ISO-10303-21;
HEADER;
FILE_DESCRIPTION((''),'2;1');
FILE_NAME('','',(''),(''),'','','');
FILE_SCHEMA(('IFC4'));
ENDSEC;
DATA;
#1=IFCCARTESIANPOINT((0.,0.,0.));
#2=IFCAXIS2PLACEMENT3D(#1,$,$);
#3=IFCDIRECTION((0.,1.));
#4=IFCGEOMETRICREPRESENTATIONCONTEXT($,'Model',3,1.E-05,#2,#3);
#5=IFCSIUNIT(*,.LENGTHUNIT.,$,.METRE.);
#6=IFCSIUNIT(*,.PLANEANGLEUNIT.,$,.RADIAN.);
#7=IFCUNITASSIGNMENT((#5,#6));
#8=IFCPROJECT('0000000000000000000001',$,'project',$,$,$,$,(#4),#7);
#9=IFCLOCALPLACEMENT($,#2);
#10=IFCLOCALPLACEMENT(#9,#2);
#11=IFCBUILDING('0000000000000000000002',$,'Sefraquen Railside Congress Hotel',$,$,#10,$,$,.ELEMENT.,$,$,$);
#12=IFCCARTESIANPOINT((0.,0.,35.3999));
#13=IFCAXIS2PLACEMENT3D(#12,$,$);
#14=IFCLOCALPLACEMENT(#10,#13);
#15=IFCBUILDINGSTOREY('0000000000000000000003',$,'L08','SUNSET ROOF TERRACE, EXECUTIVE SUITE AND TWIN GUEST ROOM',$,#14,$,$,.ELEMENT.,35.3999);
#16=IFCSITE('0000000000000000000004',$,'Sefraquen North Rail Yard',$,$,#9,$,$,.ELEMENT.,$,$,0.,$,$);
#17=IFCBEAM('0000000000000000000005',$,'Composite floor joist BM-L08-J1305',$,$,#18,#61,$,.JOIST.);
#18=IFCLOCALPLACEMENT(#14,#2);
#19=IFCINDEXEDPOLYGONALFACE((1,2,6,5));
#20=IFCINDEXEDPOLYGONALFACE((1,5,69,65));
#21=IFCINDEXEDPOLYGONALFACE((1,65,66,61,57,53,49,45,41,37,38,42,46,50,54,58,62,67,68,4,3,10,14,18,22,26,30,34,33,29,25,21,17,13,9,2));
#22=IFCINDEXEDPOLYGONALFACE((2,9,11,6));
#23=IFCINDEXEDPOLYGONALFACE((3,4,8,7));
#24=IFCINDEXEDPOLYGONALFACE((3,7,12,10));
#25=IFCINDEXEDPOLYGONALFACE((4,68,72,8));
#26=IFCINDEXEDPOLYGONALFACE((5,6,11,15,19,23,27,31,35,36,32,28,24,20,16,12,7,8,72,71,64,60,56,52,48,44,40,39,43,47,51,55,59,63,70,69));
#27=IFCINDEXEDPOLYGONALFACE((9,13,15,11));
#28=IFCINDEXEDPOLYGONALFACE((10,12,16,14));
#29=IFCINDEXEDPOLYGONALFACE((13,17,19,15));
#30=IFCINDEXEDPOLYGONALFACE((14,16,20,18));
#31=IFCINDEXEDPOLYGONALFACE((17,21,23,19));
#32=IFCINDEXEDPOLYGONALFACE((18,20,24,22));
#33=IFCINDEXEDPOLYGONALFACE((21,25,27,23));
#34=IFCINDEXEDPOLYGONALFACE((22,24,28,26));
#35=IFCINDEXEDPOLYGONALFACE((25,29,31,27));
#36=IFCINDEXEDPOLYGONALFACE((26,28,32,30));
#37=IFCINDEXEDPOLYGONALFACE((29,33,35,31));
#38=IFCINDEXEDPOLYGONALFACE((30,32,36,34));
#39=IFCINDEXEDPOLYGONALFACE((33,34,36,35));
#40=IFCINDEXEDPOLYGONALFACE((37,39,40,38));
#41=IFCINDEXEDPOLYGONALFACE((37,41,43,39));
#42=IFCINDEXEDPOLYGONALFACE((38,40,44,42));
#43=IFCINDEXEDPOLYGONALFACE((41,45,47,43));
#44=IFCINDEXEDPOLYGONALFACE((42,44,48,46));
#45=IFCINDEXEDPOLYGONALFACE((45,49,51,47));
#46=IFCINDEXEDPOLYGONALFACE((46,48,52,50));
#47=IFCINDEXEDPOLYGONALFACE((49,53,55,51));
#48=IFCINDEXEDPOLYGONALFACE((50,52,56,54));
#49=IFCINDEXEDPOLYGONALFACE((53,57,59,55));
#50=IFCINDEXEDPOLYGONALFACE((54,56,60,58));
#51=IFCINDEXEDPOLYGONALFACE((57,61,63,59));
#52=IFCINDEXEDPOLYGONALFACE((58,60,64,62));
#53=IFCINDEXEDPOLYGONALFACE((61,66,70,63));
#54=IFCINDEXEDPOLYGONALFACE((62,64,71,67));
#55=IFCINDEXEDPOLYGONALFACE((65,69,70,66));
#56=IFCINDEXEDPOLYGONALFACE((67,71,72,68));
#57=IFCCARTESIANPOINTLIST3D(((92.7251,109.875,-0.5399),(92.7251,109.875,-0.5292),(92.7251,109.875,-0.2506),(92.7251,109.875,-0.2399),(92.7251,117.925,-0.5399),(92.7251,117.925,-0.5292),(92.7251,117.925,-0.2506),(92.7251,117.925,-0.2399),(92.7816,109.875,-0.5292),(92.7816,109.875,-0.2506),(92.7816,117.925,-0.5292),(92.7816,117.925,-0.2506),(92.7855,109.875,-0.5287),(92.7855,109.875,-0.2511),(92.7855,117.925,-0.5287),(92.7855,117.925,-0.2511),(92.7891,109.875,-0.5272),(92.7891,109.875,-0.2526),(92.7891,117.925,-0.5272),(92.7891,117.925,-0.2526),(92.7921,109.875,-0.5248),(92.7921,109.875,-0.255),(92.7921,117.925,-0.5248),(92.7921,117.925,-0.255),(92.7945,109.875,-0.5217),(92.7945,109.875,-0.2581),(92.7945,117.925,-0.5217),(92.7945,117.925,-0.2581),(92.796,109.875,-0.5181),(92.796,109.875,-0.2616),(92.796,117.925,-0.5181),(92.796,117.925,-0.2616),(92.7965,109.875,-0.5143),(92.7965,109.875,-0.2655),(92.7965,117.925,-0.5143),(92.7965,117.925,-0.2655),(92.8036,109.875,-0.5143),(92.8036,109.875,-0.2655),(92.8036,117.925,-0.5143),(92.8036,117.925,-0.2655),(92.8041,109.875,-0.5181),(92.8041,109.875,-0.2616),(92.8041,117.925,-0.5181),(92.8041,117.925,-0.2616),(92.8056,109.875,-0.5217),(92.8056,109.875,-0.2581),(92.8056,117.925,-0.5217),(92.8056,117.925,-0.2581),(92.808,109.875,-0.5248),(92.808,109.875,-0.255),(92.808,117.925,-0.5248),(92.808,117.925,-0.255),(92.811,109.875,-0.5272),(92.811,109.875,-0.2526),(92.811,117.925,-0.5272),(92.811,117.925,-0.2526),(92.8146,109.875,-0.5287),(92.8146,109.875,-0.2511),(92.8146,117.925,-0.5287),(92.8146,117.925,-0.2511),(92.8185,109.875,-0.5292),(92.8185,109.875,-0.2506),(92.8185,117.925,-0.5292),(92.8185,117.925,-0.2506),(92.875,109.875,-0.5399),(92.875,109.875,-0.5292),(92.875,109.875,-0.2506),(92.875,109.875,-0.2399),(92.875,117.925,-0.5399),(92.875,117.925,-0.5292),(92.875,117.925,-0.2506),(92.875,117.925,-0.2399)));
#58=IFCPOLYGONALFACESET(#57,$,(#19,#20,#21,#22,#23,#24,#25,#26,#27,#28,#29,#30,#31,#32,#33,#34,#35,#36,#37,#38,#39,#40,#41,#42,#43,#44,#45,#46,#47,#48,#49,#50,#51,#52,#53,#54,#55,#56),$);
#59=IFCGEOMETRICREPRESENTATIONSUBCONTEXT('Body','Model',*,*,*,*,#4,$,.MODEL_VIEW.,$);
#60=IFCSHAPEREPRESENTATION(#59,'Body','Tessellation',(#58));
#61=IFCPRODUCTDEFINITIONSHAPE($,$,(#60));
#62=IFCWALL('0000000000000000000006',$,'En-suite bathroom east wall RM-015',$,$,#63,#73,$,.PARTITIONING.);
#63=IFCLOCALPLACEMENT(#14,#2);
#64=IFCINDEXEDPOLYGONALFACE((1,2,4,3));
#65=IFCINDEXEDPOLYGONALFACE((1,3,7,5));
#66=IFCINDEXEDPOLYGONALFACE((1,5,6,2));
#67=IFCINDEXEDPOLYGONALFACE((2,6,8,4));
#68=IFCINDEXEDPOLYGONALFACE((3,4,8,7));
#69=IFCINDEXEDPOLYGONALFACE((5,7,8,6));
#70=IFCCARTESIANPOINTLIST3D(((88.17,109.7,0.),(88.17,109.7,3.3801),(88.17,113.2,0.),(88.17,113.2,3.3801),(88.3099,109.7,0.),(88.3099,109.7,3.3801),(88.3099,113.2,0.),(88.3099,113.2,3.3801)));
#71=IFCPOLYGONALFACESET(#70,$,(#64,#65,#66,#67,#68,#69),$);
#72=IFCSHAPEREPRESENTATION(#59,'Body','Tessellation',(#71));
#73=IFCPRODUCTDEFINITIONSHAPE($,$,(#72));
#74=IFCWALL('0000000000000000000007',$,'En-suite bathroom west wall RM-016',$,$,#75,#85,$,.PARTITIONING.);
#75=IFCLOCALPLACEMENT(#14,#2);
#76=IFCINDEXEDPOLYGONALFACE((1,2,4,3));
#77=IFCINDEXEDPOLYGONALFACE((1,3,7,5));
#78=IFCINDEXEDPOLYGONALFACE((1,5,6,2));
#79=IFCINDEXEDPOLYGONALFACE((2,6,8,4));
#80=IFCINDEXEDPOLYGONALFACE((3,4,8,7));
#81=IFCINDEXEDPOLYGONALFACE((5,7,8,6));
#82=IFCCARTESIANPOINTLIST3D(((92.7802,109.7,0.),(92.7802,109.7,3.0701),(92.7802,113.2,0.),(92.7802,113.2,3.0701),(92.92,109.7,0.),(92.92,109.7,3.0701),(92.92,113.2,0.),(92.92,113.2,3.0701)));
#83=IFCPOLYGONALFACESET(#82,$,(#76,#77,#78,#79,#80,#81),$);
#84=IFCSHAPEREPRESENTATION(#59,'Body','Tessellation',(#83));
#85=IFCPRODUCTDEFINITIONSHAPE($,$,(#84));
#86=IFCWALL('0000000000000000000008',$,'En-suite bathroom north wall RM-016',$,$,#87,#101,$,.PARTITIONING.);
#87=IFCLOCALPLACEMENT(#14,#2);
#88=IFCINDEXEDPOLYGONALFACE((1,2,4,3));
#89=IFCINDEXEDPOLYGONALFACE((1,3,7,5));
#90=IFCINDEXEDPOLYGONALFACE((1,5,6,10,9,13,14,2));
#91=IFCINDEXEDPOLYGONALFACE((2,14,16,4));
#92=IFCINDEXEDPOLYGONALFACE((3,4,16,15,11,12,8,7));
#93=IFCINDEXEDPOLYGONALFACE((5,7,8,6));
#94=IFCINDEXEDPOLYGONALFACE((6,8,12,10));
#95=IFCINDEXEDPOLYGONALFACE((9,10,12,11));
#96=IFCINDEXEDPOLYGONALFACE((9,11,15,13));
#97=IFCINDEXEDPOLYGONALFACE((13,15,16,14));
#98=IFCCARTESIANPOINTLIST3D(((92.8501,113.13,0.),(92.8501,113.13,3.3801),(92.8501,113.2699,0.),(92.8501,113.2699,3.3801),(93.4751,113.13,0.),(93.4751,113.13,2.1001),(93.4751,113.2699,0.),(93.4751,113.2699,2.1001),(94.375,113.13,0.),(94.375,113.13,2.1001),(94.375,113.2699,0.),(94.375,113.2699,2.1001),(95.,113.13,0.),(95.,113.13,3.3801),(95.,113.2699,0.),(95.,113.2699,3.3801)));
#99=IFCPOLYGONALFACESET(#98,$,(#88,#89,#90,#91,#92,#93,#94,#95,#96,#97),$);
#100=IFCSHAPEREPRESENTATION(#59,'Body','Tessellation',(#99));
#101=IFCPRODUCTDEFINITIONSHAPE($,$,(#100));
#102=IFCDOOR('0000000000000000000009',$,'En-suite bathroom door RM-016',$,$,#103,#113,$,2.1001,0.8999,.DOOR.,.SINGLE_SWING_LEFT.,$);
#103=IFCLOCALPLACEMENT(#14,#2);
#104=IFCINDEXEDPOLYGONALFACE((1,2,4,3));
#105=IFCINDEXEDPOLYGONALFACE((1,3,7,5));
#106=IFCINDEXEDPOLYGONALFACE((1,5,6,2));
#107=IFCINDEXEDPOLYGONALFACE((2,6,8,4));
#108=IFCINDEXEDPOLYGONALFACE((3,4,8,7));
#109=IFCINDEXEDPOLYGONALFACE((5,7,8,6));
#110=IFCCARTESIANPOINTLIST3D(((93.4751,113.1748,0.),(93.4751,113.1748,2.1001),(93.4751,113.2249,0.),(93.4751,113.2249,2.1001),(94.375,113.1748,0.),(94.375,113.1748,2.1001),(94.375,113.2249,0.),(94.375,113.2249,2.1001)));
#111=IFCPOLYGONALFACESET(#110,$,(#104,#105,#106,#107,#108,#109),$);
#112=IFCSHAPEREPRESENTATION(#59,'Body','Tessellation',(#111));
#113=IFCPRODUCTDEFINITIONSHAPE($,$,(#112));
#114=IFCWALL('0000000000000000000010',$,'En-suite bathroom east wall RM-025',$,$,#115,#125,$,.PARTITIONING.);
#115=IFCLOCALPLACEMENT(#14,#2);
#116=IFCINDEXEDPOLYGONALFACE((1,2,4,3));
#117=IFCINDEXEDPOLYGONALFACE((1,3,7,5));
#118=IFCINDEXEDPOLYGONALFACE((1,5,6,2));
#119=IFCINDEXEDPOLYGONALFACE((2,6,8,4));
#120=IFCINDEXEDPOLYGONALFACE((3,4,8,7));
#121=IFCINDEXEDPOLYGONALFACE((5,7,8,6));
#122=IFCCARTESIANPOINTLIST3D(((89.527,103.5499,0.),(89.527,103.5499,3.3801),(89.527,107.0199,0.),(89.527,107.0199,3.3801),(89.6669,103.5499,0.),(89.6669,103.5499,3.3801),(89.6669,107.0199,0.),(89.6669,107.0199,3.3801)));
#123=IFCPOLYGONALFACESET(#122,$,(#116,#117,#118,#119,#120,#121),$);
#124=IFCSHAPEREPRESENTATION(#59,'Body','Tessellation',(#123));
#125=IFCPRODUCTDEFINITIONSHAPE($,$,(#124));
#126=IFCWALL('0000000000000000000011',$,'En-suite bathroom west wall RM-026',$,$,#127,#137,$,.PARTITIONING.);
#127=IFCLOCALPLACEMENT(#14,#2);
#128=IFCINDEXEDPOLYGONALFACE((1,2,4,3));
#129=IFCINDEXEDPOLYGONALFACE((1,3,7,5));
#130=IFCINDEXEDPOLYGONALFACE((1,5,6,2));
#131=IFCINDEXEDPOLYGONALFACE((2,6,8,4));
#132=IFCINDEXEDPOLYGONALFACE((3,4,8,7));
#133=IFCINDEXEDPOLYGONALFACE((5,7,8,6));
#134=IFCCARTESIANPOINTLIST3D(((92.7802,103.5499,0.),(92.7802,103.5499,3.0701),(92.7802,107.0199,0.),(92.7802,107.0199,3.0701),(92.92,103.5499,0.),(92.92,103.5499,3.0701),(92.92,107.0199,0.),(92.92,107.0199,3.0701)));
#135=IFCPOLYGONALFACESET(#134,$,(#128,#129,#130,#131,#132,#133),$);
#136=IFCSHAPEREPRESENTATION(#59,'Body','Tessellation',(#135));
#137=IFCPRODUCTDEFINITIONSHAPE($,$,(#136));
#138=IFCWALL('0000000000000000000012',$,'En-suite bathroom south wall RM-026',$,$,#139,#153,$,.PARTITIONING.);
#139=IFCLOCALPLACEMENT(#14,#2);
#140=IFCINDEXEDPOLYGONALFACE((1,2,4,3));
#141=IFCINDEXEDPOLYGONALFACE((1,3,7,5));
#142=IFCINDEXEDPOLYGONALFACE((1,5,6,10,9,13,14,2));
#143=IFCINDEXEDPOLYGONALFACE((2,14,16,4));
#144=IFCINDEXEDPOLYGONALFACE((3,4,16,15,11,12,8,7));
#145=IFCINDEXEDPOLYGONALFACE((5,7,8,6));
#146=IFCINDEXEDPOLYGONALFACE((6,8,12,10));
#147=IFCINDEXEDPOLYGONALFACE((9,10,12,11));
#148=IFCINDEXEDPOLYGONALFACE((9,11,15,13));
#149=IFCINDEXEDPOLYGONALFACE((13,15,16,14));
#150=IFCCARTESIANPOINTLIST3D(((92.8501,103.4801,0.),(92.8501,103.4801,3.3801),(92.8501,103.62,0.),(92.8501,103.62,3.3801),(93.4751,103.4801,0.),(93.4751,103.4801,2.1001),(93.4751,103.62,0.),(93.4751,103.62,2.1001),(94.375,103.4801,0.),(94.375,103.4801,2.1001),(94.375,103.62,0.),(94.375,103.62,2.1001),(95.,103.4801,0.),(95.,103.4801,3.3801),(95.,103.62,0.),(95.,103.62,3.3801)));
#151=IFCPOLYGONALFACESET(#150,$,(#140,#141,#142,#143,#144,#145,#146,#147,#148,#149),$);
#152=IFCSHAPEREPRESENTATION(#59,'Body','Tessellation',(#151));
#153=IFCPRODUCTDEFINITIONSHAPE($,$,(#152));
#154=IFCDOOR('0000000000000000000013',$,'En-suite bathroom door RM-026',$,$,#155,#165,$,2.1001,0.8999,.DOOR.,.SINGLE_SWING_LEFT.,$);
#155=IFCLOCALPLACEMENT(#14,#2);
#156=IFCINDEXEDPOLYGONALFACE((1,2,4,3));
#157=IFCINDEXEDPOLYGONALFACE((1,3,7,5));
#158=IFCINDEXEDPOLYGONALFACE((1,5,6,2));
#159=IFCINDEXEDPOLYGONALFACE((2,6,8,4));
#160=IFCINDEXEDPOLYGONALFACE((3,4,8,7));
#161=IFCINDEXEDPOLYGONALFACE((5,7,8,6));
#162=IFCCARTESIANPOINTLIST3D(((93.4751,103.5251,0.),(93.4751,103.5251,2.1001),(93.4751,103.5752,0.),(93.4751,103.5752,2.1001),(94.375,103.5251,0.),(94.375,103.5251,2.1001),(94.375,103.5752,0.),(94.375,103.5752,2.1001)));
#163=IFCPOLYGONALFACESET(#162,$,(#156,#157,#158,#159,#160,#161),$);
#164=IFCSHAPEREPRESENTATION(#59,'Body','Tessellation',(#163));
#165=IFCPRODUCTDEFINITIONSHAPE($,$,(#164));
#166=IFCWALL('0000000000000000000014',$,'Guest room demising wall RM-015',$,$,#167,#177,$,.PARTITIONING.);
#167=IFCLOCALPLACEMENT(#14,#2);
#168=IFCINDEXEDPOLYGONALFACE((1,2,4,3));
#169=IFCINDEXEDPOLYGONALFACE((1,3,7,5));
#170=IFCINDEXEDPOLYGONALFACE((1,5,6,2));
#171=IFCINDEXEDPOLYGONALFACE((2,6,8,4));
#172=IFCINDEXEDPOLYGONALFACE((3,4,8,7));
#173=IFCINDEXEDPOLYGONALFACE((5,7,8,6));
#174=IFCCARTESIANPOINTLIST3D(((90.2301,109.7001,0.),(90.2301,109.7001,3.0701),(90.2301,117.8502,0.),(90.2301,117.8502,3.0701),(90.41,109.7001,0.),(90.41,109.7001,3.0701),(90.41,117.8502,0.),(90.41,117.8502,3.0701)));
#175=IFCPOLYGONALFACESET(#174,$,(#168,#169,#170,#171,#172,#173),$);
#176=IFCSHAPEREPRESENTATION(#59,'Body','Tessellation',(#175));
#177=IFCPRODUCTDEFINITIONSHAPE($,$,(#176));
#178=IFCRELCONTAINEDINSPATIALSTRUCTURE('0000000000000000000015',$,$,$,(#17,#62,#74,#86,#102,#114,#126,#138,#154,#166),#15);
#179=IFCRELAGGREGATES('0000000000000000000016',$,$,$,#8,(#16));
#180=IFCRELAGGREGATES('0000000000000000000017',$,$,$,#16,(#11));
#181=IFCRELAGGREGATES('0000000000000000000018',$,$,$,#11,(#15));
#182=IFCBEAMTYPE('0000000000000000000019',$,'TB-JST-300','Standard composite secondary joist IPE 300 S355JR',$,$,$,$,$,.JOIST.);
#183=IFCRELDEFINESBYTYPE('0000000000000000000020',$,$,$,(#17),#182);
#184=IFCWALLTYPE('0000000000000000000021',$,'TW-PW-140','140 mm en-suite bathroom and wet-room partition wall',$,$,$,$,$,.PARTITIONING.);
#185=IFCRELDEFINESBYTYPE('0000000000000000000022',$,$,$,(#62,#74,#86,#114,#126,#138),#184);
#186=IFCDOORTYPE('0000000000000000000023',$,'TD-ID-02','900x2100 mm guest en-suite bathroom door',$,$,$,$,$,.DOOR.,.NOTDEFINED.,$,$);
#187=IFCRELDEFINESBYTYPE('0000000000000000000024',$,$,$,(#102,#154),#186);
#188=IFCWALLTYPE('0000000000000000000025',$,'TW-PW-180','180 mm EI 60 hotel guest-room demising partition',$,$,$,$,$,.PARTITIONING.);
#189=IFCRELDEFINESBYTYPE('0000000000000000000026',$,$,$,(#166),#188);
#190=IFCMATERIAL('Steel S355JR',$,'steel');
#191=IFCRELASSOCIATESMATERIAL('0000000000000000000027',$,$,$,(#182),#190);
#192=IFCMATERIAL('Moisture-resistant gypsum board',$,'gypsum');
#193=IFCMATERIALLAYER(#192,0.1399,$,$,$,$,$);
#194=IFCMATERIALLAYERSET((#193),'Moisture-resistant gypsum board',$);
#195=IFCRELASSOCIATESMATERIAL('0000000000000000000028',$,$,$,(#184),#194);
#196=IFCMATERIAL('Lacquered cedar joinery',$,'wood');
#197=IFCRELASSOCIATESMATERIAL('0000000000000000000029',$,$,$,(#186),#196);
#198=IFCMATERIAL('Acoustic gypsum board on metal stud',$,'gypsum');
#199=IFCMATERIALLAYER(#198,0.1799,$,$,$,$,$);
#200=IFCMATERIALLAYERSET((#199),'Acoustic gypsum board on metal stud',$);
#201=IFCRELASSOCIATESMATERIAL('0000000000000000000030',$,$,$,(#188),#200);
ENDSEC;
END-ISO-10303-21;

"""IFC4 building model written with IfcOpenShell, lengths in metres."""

from ifc_helpers import new_model, si_unit, direction, frame, frame_2d, origin, origin_2d, place, context, subcontext, project, spatial, rectangle, i_section, extrude, material, layer, layer_set, material_profile, profile_set, type_object, element, fill, save


model = new_model("IFC4")

# Units and contexts
model_context = context("Model", 3, precision=1e-05, world=origin(), true_north=direction((0.0, 1.0)))
body_context = subcontext(model_context, "Body", "Model", "MODEL_VIEW")
ifc_project = project(units=[si_unit("LENGTHUNIT", "METRE"), si_unit("PLANEANGLEUNIT", "RADIAN")], contexts=[model_context])

# Site, building, storey
site_placement = place(None, origin())
site = spatial("IfcSite", under=ifc_project, at=site_placement, Name="Sefraquen North Rail Yard", CompositionType="ELEMENT", RefElevation=0.0)
building_placement = place(site_placement, origin())
building = spatial("IfcBuilding", under=site, at=building_placement, Name="Sefraquen Railside Congress Hotel", CompositionType="ELEMENT")
storey_placement = place(building_placement, frame((0.0, 0.0, 35.3999)))
storey = spatial("IfcBuildingStorey", under=building, at=storey_placement, Name="L08", Description="SUNSET ROOF TERRACE, EXECUTIVE SUITE AND TWIN GUEST ROOM", CompositionType="ELEMENT", Elevation=35.3999)

# Shared definitions
ifc_material_1 = material(Name="Steel S355JR", Category="steel")

# Beam
ifc_material_profile_1 = material_profile(ifc_material_1, i_section(OverallWidth=0.1499, OverallDepth=0.3, WebThickness=0.0071, FlangeThickness=0.0107, FilletRadius=0.0149, at=origin_2d()), Name="IPE 300")
ifc_profile_set_1 = profile_set([ifc_material_profile_1], Name="Steel S355JR")
beam_type_1 = type_object("IfcBeamType", Name="TB-JST-300", Description="Standard composite secondary joist IPE 300 S355JR", PredefinedType="JOIST", material=ifc_profile_set_1)
for number, where, z_axis, x_axis, name in (
    (1, (92.8, 109.875, -0.3899), (0.0, 1.0, 0.0), (-1.0, 0.0, 0.0), "Composite floor joist BM-L08-J1305"),
):
    element("IfcBeam", number, at=place(storey_placement, frame(where, z_axis=z_axis, x_axis=x_axis)), inside=storey, type_object=beam_type_1, Name=name, PredefinedType="JOIST", context=body_context, shape_type="SweptSolid", body=[
        extrude(i_section(OverallWidth=0.1499, OverallDepth=0.3, WebThickness=0.0071, FlangeThickness=0.0107, FilletRadius=0.0149, at=origin_2d()), origin(), (0.0, 0.0, 1.0), 8.05),
    ])

# Walls
ifc_material_2 = material(Name="Moisture-resistant gypsum board", Category="gypsum")
ifc_layer_1 = layer(ifc_material_2, 0.1399)
ifc_layer_set_1 = layer_set([ifc_layer_1], Name="Moisture-resistant gypsum board")
wall_type_1 = type_object("IfcWallType", Name="TW-PW-140", Description="140 mm en-suite bathroom and wet-room partition wall", PredefinedType="PARTITIONING", material=ifc_layer_set_1)
wall_1_placement = place(storey_placement, frame((88.24, 109.7, 0.0), z_axis=(0.0, 0.0, 1.0), x_axis=(0.0, 1.0, 0.0)))
element("IfcWall", 2, at=wall_1_placement, inside=storey, type_object=wall_type_1, Name="En-suite bathroom east wall RM-015", PredefinedType="PARTITIONING", context=body_context, shape_type="SweptSolid", body=[
    extrude(rectangle(XDim=3.5, YDim=0.1399, at=frame_2d((1.75, 0.0))), origin(), (0.0, 0.0, 1.0), 3.3801),
])
wall_2_placement = place(storey_placement, frame((92.8501, 109.7, 0.0), z_axis=(0.0, 0.0, 1.0), x_axis=(0.0, 1.0, 0.0)))
element("IfcWall", 3, at=wall_2_placement, inside=storey, type_object=wall_type_1, Name="En-suite bathroom west wall RM-016", PredefinedType="PARTITIONING", context=body_context, shape_type="SweptSolid", body=[
    extrude(rectangle(XDim=3.5, YDim=0.1399, at=frame_2d((1.75, 0.0))), origin(), (0.0, 0.0, 1.0), 3.0701),
])

# Wall, opening, door
wall_3_placement = place(storey_placement, frame((92.8501, 113.2, 0.0), z_axis=(0.0, 0.0, 1.0), x_axis=(1.0, 0.0, 0.0)))
wall_3 = element("IfcWall", 4, at=wall_3_placement, inside=storey, type_object=wall_type_1, Name="En-suite bathroom north wall RM-016", PredefinedType="PARTITIONING", context=body_context, shape_type="SweptSolid", body=[
    extrude(rectangle(XDim=2.1499, YDim=0.1399, at=frame_2d((1.075, 0.0))), origin(), (0.0, 0.0, 1.0), 3.3801),
])
opening_1_placement = place(wall_3_placement, frame((0.625, 0.0, 0.0)))
opening_1 = element("IfcOpeningElement", 5, at=opening_1_placement, cuts=wall_3, PredefinedType="OPENING", context=body_context, shape_type="SweptSolid", body=[
    extrude(rectangle(XDim=0.8999, YDim=2.1001, at=frame_2d((0.45, 1.05))), frame((0.0, 0.0798, 0.0), z_axis=(0.0, -1.0, 0.0), x_axis=(1.0, 0.0, 0.0)), (0.0, 0.0, 1.0), 0.1599),
])
ifc_material_3 = material(Name="Lacquered cedar joinery", Category="wood")
door_type = type_object("IfcDoorType", Name="TD-ID-02", Description="900x2100 mm guest en-suite bathroom door", OperationType="NOTDEFINED", PredefinedType="DOOR", material=ifc_material_3)
door_1_placement = place(opening_1_placement, origin())
door_1 = element("IfcDoor", 6, at=door_1_placement, inside=storey, type_object=door_type, Name="En-suite bathroom door RM-016", OperationType="SINGLE_SWING_LEFT", OverallHeight=2.1001, OverallWidth=0.8999, PredefinedType="DOOR", context=body_context, shape_type="SweptSolid", body=[
    extrude(rectangle(XDim=0.8999, YDim=2.1001, at=frame_2d((0.45, 1.05))), frame((0.0, 0.0249, 0.0), z_axis=(0.0, -1.0, 0.0), x_axis=(1.0, 0.0, 0.0)), (0.0, 0.0, 1.0), 0.05),
])
fill(opening_1, door_1)

# Walls
wall_4_placement = place(storey_placement, frame((89.5969, 103.55, 0.0), z_axis=(0.0, 0.0, 1.0), x_axis=(0.0, 1.0, 0.0)))
element("IfcWall", 7, at=wall_4_placement, inside=storey, type_object=wall_type_1, Name="En-suite bathroom east wall RM-025", PredefinedType="PARTITIONING", context=body_context, shape_type="SweptSolid", body=[
    extrude(rectangle(XDim=3.47, YDim=0.1399, at=frame_2d((1.7349, 0.0))), origin(), (0.0, 0.0, 1.0), 3.3801),
])
wall_5_placement = place(storey_placement, frame((92.8501, 103.55, 0.0), z_axis=(0.0, 0.0, 1.0), x_axis=(0.0, 1.0, 0.0)))
element("IfcWall", 8, at=wall_5_placement, inside=storey, type_object=wall_type_1, Name="En-suite bathroom west wall RM-026", PredefinedType="PARTITIONING", context=body_context, shape_type="SweptSolid", body=[
    extrude(rectangle(XDim=3.47, YDim=0.1399, at=frame_2d((1.7349, 0.0))), origin(), (0.0, 0.0, 1.0), 3.0701),
])

# Wall, opening, door
wall_6_placement = place(storey_placement, frame((92.8501, 103.55, 0.0), z_axis=(0.0, 0.0, 1.0), x_axis=(1.0, 0.0, 0.0)))
wall_6 = element("IfcWall", 9, at=wall_6_placement, inside=storey, type_object=wall_type_1, Name="En-suite bathroom south wall RM-026", PredefinedType="PARTITIONING", context=body_context, shape_type="SweptSolid", body=[
    extrude(rectangle(XDim=2.1499, YDim=0.1399, at=frame_2d((1.075, 0.0))), origin(), (0.0, 0.0, 1.0), 3.3801),
])
opening_2_placement = place(wall_6_placement, frame((0.625, 0.0, 0.0)))
opening_2 = element("IfcOpeningElement", 10, at=opening_2_placement, cuts=wall_6, PredefinedType="OPENING", context=body_context, shape_type="SweptSolid", body=[
    extrude(rectangle(XDim=0.8999, YDim=2.1001, at=frame_2d((0.45, 1.05))), frame((0.0, 0.0798, 0.0), z_axis=(0.0, -1.0, 0.0), x_axis=(1.0, 0.0, 0.0)), (0.0, 0.0, 1.0), 0.1599),
])
door_2_placement = place(opening_2_placement, frame((0.8999, 0.0, 0.0), z_axis=(0.0, 0.0, 1.0), x_axis=(-1.0, 0.0, 0.0)))
door_2 = element("IfcDoor", 11, at=door_2_placement, inside=storey, type_object=door_type, Name="En-suite bathroom door RM-026", OperationType="SINGLE_SWING_LEFT", OverallHeight=2.1001, OverallWidth=0.8999, PredefinedType="DOOR", context=body_context, shape_type="SweptSolid", body=[
    extrude(rectangle(XDim=0.8999, YDim=2.1001, at=frame_2d((0.45, 1.05))), frame((0.0, 0.0249, 0.0), z_axis=(0.0, -1.0, 0.0), x_axis=(1.0, 0.0, 0.0)), (0.0, 0.0, 1.0), 0.05),
])
fill(opening_2, door_2)

# Wall
ifc_material_4 = material(Name="Acoustic gypsum board on metal stud", Category="gypsum")
ifc_layer_2 = layer(ifc_material_4, 0.1799)
ifc_layer_set_2 = layer_set([ifc_layer_2], Name="Acoustic gypsum board on metal stud")
wall_type_2 = type_object("IfcWallType", Name="TW-PW-180", Description="180 mm EI 60 hotel guest-room demising partition", PredefinedType="PARTITIONING", material=ifc_layer_set_2)
wall_7_placement = place(storey_placement, frame((90.3201, 109.7, 0.0), z_axis=(0.0, 0.0, 1.0), x_axis=(0.0, 1.0, 0.0)))
element("IfcWall", 12, at=wall_7_placement, inside=storey, type_object=wall_type_2, Name="Guest room demising wall RM-015", PredefinedType="PARTITIONING", context=body_context, shape_type="SweptSolid", body=[
    extrude(rectangle(XDim=8.1501, YDim=0.1799, at=frame_2d((4.0752, 0.0))), origin(), (0.0, 0.0, 1.0), 3.0701),
])

save(model, "model.ifc")
